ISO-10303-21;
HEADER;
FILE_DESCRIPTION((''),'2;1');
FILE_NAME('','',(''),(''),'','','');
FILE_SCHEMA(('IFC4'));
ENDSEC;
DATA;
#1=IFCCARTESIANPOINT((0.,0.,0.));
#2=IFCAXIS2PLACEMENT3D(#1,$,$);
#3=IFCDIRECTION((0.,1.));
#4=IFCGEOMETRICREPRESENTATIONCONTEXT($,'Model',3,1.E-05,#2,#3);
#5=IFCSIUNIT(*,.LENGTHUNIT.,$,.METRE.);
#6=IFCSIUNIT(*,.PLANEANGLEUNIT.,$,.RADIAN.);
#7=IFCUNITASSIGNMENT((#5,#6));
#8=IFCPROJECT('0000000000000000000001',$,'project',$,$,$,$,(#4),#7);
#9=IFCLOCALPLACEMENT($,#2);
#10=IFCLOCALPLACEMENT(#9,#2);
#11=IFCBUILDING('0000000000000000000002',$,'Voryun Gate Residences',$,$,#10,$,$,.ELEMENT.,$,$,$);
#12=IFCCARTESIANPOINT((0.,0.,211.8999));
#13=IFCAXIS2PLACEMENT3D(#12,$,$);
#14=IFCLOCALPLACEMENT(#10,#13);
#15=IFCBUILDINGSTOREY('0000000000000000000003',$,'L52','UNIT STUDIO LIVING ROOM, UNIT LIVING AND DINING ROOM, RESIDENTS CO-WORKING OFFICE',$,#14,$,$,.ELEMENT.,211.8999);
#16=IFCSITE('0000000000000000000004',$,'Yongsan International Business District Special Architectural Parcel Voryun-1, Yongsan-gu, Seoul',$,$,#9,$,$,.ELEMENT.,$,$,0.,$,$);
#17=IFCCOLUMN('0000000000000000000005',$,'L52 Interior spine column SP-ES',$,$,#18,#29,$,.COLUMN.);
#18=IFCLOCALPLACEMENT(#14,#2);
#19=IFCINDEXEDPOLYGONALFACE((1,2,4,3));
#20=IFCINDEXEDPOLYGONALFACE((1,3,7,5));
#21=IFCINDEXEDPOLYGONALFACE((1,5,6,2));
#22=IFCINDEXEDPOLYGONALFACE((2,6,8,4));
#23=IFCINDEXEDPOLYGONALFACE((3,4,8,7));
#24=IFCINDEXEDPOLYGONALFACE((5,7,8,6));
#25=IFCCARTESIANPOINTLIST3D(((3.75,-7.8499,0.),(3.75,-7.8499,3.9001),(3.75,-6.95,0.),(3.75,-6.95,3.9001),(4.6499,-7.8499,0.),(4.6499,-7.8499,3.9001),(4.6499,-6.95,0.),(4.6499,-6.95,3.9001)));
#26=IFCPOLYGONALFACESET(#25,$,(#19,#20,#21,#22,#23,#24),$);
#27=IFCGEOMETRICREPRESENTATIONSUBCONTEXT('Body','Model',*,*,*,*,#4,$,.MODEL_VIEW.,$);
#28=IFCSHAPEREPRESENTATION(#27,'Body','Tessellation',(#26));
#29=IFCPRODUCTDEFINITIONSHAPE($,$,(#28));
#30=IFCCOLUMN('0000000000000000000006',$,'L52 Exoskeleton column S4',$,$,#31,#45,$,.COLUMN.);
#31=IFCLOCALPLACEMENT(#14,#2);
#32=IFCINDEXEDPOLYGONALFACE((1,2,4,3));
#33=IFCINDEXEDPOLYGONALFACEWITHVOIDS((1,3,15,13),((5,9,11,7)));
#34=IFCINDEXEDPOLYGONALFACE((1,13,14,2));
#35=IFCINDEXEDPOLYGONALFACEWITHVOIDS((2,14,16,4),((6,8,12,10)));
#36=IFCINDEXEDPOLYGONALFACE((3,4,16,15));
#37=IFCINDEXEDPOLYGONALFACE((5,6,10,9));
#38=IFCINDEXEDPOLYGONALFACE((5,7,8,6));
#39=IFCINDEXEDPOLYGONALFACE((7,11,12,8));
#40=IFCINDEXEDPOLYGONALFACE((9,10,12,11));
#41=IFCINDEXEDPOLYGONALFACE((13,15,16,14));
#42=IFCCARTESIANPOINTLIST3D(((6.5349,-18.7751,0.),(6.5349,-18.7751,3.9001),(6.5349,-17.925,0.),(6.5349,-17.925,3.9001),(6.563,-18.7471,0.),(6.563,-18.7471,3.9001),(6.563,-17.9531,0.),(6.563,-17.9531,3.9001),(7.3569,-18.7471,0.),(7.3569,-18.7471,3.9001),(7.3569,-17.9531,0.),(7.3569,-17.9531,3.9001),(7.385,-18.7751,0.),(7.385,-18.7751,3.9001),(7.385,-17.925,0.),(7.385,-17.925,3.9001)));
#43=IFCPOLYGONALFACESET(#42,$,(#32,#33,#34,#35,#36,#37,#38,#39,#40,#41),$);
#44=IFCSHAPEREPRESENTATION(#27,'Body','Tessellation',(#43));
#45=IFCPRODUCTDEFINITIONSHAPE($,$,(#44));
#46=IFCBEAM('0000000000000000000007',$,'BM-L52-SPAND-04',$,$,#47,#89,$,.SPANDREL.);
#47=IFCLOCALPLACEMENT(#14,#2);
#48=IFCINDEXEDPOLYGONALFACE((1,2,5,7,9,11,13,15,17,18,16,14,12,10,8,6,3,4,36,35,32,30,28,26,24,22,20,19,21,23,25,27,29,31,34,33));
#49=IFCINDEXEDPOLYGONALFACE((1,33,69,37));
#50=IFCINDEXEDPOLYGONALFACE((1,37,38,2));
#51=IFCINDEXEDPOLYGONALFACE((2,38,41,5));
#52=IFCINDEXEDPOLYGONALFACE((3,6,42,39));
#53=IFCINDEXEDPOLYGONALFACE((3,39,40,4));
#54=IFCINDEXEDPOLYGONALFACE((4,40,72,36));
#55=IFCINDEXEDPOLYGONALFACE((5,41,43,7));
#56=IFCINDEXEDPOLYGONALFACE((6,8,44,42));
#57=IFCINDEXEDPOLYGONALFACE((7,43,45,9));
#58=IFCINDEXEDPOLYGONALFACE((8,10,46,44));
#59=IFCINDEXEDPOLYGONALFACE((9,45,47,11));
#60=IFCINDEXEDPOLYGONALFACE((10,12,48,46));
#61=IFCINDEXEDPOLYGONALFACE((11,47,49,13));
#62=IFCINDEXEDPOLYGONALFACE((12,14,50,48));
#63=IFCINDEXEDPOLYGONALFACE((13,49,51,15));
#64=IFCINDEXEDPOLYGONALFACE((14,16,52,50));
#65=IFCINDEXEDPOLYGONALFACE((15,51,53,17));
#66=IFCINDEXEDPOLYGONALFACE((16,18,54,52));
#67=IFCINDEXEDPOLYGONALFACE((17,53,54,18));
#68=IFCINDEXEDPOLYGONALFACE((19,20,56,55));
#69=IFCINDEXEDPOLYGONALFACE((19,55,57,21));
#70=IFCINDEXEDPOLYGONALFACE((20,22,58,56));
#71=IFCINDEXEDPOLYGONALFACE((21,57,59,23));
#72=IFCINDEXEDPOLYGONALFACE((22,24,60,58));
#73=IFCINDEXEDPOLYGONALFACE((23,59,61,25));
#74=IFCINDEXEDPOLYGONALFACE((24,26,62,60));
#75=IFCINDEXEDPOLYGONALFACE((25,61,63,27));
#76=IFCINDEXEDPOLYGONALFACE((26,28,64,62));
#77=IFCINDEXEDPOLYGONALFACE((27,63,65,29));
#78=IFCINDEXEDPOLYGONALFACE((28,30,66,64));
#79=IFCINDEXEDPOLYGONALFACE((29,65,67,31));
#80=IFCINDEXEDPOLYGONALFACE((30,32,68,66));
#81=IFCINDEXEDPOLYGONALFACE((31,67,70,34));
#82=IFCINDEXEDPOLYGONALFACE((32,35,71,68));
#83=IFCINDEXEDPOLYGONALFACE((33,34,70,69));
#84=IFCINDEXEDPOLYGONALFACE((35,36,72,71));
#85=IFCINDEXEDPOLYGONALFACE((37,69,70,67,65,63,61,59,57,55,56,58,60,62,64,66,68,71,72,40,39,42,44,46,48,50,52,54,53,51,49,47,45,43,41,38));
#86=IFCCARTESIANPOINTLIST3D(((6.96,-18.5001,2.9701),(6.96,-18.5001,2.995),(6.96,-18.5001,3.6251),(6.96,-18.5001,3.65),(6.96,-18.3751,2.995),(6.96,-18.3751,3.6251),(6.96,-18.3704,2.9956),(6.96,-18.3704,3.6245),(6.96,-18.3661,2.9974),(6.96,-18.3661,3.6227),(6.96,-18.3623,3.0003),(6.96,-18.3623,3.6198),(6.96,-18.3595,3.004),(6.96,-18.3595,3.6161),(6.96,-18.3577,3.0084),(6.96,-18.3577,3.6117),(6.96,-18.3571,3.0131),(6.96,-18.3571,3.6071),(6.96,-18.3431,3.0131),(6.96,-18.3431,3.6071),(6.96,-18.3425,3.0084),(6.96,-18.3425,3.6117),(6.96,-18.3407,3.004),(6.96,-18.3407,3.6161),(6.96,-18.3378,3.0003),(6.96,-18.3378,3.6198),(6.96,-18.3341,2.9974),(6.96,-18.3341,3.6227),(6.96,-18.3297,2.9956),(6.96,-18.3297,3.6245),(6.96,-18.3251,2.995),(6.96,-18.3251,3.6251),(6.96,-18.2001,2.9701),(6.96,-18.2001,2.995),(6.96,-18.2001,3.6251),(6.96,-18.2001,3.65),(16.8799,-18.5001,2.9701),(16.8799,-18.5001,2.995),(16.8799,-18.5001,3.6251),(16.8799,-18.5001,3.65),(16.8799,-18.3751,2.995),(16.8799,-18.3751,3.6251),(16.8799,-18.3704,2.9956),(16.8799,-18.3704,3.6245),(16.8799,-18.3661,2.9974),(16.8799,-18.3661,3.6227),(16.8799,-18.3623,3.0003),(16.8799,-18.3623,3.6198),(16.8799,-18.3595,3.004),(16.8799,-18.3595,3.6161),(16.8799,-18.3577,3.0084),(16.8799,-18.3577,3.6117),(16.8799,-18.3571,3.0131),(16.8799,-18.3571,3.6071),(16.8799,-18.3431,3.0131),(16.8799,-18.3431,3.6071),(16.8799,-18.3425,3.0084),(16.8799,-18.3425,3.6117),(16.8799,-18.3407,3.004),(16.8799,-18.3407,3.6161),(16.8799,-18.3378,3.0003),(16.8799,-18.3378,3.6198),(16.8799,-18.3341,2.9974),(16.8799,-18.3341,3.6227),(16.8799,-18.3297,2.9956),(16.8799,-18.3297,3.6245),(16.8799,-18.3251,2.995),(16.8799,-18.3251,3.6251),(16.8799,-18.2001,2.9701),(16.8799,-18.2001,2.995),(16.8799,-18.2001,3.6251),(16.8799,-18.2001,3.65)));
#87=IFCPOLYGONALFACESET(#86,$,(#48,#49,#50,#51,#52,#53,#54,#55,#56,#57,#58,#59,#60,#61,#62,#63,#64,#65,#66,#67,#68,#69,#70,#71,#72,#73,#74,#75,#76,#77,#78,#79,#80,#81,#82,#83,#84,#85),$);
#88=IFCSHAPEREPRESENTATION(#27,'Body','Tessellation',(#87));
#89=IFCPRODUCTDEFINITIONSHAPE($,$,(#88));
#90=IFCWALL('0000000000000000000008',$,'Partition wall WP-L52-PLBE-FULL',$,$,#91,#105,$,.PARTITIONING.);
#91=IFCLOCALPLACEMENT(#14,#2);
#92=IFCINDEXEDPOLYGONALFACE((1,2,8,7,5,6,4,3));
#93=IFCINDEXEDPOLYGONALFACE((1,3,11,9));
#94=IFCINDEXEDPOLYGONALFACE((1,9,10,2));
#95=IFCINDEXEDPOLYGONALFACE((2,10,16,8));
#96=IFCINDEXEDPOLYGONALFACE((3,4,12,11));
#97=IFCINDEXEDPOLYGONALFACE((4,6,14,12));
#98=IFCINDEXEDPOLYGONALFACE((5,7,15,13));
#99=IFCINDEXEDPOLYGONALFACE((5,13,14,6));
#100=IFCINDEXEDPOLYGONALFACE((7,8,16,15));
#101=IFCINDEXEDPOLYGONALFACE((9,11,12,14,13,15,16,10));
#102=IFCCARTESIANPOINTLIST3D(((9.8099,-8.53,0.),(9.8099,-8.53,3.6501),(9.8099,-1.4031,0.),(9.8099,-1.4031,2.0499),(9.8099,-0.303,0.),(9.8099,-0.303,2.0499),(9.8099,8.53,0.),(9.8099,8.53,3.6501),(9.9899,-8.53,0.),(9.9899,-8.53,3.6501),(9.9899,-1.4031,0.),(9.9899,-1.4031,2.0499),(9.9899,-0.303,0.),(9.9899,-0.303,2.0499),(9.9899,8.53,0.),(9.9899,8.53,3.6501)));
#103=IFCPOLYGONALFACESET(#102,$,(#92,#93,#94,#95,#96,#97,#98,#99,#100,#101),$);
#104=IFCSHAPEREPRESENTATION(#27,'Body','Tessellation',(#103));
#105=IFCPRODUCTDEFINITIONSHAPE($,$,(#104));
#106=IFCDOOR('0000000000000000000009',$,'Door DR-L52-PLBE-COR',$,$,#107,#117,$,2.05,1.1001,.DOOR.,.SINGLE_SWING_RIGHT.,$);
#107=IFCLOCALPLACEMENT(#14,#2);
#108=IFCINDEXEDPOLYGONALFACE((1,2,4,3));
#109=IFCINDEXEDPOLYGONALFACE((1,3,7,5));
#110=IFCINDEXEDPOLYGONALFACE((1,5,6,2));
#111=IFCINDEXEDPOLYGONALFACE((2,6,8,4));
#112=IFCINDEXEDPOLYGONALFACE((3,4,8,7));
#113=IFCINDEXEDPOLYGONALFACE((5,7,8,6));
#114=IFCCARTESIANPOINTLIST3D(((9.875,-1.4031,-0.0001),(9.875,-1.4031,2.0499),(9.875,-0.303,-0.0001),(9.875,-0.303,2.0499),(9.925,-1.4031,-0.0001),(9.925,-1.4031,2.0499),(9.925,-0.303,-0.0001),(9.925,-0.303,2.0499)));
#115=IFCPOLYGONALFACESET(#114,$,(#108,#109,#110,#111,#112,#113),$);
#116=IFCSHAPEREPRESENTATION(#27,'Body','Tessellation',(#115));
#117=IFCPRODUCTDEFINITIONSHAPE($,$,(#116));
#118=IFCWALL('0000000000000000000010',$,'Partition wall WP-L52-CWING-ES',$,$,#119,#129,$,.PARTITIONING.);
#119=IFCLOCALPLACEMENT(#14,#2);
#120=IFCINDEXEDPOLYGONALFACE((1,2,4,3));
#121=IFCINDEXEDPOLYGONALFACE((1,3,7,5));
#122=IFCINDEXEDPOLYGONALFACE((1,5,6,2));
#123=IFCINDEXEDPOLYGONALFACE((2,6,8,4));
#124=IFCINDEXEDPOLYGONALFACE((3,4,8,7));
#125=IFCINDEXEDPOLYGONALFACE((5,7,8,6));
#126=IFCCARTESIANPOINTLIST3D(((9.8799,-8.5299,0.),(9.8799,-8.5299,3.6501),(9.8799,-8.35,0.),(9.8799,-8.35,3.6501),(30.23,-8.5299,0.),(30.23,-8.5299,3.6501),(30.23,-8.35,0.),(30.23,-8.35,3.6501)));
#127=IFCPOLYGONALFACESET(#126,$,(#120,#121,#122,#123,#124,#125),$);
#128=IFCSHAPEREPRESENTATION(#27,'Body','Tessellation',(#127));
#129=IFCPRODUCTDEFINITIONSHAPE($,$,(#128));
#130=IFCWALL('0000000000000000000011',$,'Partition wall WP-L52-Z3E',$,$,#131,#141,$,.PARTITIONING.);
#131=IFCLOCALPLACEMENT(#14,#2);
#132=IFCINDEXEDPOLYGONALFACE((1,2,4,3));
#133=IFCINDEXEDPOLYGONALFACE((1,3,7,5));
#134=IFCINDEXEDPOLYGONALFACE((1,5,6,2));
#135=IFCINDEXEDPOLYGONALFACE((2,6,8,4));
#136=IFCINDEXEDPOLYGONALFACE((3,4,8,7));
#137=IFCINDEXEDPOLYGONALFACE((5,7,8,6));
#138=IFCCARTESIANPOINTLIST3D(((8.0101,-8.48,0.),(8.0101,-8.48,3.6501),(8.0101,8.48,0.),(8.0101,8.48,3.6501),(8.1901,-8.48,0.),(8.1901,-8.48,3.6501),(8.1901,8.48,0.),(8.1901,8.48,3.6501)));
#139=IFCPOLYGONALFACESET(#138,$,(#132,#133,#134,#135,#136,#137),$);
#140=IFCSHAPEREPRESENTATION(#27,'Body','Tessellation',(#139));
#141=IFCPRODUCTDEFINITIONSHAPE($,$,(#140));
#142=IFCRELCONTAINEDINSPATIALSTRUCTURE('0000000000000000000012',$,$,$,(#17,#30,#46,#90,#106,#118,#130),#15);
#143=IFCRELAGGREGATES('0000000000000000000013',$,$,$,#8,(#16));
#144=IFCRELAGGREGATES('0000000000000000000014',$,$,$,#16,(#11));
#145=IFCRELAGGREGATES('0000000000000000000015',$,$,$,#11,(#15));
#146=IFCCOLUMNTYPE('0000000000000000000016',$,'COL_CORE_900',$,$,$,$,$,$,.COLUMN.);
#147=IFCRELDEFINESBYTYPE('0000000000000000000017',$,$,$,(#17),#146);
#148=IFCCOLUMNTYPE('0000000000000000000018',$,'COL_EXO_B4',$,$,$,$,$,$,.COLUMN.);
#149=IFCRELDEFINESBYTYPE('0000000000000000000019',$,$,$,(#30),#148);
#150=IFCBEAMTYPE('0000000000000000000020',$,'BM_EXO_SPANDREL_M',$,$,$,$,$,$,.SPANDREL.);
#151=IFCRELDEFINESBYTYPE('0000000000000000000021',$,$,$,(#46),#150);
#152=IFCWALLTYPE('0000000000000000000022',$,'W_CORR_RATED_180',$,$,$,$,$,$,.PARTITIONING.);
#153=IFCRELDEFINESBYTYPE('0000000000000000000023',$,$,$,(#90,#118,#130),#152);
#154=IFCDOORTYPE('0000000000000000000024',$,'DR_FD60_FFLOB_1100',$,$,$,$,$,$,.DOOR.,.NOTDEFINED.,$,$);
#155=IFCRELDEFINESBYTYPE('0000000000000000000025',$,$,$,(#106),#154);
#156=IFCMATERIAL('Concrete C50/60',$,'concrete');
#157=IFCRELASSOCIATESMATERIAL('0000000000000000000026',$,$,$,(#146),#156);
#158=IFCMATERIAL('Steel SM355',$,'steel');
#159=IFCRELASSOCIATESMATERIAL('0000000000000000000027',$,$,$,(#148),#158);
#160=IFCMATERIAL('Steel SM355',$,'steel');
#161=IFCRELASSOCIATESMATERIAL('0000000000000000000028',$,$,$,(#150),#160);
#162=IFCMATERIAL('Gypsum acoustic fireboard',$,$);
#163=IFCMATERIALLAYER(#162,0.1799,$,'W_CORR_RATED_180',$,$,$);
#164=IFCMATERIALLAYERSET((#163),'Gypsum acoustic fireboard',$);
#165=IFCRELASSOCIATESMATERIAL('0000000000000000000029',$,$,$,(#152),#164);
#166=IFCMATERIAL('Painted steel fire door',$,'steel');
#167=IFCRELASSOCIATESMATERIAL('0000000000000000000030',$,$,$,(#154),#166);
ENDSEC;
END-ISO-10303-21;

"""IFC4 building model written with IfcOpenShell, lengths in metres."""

from ifc_helpers import new_model, si_unit, direction, frame, frame_2d, origin, origin_2d, place, context, subcontext, project, spatial, rectangle, hollow_rectangle, i_section, extrude, material, layer, layer_set, material_profile, profile_set, type_object, element, fill, save


model = new_model("IFC4")

# Units and contexts
model_context = context("Model", 3, precision=1e-05, world=origin(), true_north=direction((0.0, 1.0)))
body_context = subcontext(model_context, "Body", "Model", "MODEL_VIEW")
ifc_project = project(units=[si_unit("LENGTHUNIT", "METRE"), si_unit("PLANEANGLEUNIT", "RADIAN")], contexts=[model_context])

# Site, building, storey
site_placement = place(None, origin())
site = spatial("IfcSite", under=ifc_project, at=site_placement, Name="Yongsan International Business District Special Architectural Parcel Voryun-1, Yongsan-gu, Seoul", CompositionType="ELEMENT", RefElevation=0.0)
building_placement = place(site_placement, origin())
building = spatial("IfcBuilding", under=site, at=building_placement, Name="Voryun Gate Residences", CompositionType="ELEMENT")
storey_placement = place(building_placement, frame((0.0, 0.0, 211.8999)))
storey = spatial("IfcBuildingStorey", under=building, at=storey_placement, Name="L52", Description="UNIT STUDIO LIVING ROOM, UNIT LIVING AND DINING ROOM, RESIDENTS CO-WORKING OFFICE", CompositionType="ELEMENT", Elevation=211.8999)

# Columns
ifc_material_1 = material(Name="Concrete C50/60", Category="concrete")
ifc_material_profile_1 = material_profile(ifc_material_1, rectangle(XDim=0.8999, YDim=0.8999, at=origin_2d()), Name="RC-900x900")
ifc_profile_set_1 = profile_set([ifc_material_profile_1], Name="Concrete C50/60")
column_type_1 = type_object("IfcColumnType", Name="COL_CORE_900", PredefinedType="COLUMN", material=ifc_profile_set_1)
column_1_placement = place(storey_placement, frame((4.2, -7.3999, 0.0), z_axis=(0.0, 0.0, 1.0), x_axis=(1.0, 0.0, 0.0)))
element("IfcColumn", 1, at=column_1_placement, inside=storey, type_object=column_type_1, Name="L52 Interior spine column SP-ES", PredefinedType="COLUMN", context=body_context, shape_type="SweptSolid", body=[
    extrude(rectangle(XDim=0.8999, YDim=0.8999, at=origin_2d()), origin(), (0.0, 0.0, 1.0), 3.9001),
])
ifc_material_2 = material(Name="Steel SM355", Category="steel")
ifc_material_profile_2 = material_profile(ifc_material_2, hollow_rectangle(XDim=0.8501, YDim=0.8501, WallThickness=0.0281, at=origin_2d()), Name="BOX-850x850x28")
ifc_profile_set_2 = profile_set([ifc_material_profile_2], Name="Steel SM355")
column_type_2 = type_object("IfcColumnType", Name="COL_EXO_B4", PredefinedType="COLUMN", material=ifc_profile_set_2)
column_2_placement = place(storey_placement, frame((6.96, -18.3501, 0.0), z_axis=(0.0, 0.0, 1.0), x_axis=(1.0, 0.0, 0.0)))
element("IfcColumn", 2, at=column_2_placement, inside=storey, type_object=column_type_2, Name="L52 Exoskeleton column S4", PredefinedType="COLUMN", context=body_context, shape_type="SweptSolid", body=[
    extrude(hollow_rectangle(XDim=0.8501, YDim=0.8501, WallThickness=0.0281, at=origin_2d()), origin(), (0.0, 0.0, 1.0), 3.9001),
])

# Beam
ifc_material_3 = material(Name="Steel SM355", Category="steel")
ifc_material_profile_3 = material_profile(ifc_material_3, i_section(OverallWidth=0.3, OverallDepth=0.6799, WebThickness=0.0139, FlangeThickness=0.0249, FilletRadius=0.0181, at=origin_2d()), Name="H-680x300x14x25")
ifc_profile_set_3 = profile_set([ifc_material_profile_3], Name="Steel SM355")
beam_type = type_object("IfcBeamType", Name="BM_EXO_SPANDREL_M", PredefinedType="SPANDREL", material=ifc_profile_set_3)
beam_placement = place(storey_placement, frame((6.96, -18.3501, 3.3101), z_axis=(1.0, 0.0, 0.0), x_axis=(0.0, 1.0, 0.0)))
element("IfcBeam", 3, at=beam_placement, inside=storey, type_object=beam_type, Name="BM-L52-SPAND-04", PredefinedType="SPANDREL", context=body_context, shape_type="SweptSolid", body=[
    extrude(i_section(OverallWidth=0.3, OverallDepth=0.6799, WebThickness=0.0139, FlangeThickness=0.0249, FilletRadius=0.0181, at=origin_2d()), origin(), (0.0, 0.0, 1.0), 9.9199),
])

# Wall, opening, door
ifc_material_4 = material(Name="Gypsum acoustic fireboard")
ifc_layer_1 = layer(ifc_material_4, 0.1799, Name="W_CORR_RATED_180")
ifc_layer_set_1 = layer_set([ifc_layer_1], Name="Gypsum acoustic fireboard")
wall_type_1 = type_object("IfcWallType", Name="W_CORR_RATED_180", PredefinedType="PARTITIONING", material=ifc_layer_set_1)
wall_1_placement = place(storey_placement, frame((9.8999, -8.53, 0.0), z_axis=(0.0, 0.0, 1.0), x_axis=(0.0, 1.0, 0.0)))
wall_1 = element("IfcWall", 4, at=wall_1_placement, inside=storey, type_object=wall_type_1, Name="Partition wall WP-L52-PLBE-FULL", PredefinedType="PARTITIONING", context=body_context, shape_type="SweptSolid", body=[
    extrude(rectangle(XDim=17.0601, YDim=0.1799, at=frame_2d((8.53, 0.0))), origin(), (0.0, 0.0, 1.0), 3.6501),
])
opening_1_placement = place(wall_1_placement, frame((7.127, 0.0, 0.0)))
opening_1 = element("IfcOpeningElement", 5, at=opening_1_placement, cuts=wall_1, PredefinedType="OPENING", context=body_context, shape_type="SweptSolid", body=[
    extrude(rectangle(XDim=1.1001, YDim=2.05, at=frame_2d((0.55, 1.0249))), frame((0.0, 0.0999, 0.0), z_axis=(0.0, -1.0, 0.0), x_axis=(1.0, 0.0, 0.0)), (0.0, 0.0, 1.0), 0.2),
])
ifc_material_5 = material(Name="Painted steel fire door", Category="steel")
door_type_1 = type_object("IfcDoorType", Name="DR_FD60_FFLOB_1100", OperationType="NOTDEFINED", PredefinedType="DOOR", material=ifc_material_5)
door_1_placement = place(opening_1_placement, origin())
door_1 = element("IfcDoor", 6, at=door_1_placement, inside=storey, type_object=door_type_1, Name="Door DR-L52-PLBE-COR", OperationType="SINGLE_SWING_RIGHT", OverallHeight=2.05, OverallWidth=1.1001, PredefinedType="DOOR", context=body_context, shape_type="SweptSolid", body=[
    extrude(rectangle(XDim=1.1001, YDim=2.05, at=frame_2d((0.55, 1.0249))), frame((0.0, 0.0249, 0.0), z_axis=(0.0, -1.0, 0.0), x_axis=(1.0, 0.0, 0.0)), (0.0, 0.0, 1.0), 0.05),
])
fill(opening_1, door_1)

# Walls
wall_2_placement = place(storey_placement, frame((9.8799, -8.4399, 0.0), z_axis=(0.0, 0.0, 1.0), x_axis=(1.0, 0.0, 0.0)))
element("IfcWall", 7, at=wall_2_placement, inside=storey, type_object=wall_type_1, Name="Partition wall WP-L52-CWING-ES", PredefinedType="PARTITIONING", context=body_context, shape_type="SweptSolid", body=[
    extrude(rectangle(XDim=20.3501, YDim=0.1799, at=frame_2d((10.175, 0.0))), origin(), (0.0, 0.0, 1.0), 3.6501),
])
wall_3_placement = place(storey_placement, frame((8.1001, -8.48, 0.0), z_axis=(0.0, 0.0, 1.0), x_axis=(0.0, 1.0, 0.0)))
element("IfcWall", 8, at=wall_3_placement, inside=storey, type_object=wall_type_1, Name="Partition wall WP-L52-Z3E", PredefinedType="PARTITIONING", context=body_context, shape_type="SweptSolid", body=[
    extrude(rectangle(XDim=16.96, YDim=0.1799, at=frame_2d((8.48, 0.0))), origin(), (0.0, 0.0, 1.0), 3.6501),
])

save(model, "model.ifc")
